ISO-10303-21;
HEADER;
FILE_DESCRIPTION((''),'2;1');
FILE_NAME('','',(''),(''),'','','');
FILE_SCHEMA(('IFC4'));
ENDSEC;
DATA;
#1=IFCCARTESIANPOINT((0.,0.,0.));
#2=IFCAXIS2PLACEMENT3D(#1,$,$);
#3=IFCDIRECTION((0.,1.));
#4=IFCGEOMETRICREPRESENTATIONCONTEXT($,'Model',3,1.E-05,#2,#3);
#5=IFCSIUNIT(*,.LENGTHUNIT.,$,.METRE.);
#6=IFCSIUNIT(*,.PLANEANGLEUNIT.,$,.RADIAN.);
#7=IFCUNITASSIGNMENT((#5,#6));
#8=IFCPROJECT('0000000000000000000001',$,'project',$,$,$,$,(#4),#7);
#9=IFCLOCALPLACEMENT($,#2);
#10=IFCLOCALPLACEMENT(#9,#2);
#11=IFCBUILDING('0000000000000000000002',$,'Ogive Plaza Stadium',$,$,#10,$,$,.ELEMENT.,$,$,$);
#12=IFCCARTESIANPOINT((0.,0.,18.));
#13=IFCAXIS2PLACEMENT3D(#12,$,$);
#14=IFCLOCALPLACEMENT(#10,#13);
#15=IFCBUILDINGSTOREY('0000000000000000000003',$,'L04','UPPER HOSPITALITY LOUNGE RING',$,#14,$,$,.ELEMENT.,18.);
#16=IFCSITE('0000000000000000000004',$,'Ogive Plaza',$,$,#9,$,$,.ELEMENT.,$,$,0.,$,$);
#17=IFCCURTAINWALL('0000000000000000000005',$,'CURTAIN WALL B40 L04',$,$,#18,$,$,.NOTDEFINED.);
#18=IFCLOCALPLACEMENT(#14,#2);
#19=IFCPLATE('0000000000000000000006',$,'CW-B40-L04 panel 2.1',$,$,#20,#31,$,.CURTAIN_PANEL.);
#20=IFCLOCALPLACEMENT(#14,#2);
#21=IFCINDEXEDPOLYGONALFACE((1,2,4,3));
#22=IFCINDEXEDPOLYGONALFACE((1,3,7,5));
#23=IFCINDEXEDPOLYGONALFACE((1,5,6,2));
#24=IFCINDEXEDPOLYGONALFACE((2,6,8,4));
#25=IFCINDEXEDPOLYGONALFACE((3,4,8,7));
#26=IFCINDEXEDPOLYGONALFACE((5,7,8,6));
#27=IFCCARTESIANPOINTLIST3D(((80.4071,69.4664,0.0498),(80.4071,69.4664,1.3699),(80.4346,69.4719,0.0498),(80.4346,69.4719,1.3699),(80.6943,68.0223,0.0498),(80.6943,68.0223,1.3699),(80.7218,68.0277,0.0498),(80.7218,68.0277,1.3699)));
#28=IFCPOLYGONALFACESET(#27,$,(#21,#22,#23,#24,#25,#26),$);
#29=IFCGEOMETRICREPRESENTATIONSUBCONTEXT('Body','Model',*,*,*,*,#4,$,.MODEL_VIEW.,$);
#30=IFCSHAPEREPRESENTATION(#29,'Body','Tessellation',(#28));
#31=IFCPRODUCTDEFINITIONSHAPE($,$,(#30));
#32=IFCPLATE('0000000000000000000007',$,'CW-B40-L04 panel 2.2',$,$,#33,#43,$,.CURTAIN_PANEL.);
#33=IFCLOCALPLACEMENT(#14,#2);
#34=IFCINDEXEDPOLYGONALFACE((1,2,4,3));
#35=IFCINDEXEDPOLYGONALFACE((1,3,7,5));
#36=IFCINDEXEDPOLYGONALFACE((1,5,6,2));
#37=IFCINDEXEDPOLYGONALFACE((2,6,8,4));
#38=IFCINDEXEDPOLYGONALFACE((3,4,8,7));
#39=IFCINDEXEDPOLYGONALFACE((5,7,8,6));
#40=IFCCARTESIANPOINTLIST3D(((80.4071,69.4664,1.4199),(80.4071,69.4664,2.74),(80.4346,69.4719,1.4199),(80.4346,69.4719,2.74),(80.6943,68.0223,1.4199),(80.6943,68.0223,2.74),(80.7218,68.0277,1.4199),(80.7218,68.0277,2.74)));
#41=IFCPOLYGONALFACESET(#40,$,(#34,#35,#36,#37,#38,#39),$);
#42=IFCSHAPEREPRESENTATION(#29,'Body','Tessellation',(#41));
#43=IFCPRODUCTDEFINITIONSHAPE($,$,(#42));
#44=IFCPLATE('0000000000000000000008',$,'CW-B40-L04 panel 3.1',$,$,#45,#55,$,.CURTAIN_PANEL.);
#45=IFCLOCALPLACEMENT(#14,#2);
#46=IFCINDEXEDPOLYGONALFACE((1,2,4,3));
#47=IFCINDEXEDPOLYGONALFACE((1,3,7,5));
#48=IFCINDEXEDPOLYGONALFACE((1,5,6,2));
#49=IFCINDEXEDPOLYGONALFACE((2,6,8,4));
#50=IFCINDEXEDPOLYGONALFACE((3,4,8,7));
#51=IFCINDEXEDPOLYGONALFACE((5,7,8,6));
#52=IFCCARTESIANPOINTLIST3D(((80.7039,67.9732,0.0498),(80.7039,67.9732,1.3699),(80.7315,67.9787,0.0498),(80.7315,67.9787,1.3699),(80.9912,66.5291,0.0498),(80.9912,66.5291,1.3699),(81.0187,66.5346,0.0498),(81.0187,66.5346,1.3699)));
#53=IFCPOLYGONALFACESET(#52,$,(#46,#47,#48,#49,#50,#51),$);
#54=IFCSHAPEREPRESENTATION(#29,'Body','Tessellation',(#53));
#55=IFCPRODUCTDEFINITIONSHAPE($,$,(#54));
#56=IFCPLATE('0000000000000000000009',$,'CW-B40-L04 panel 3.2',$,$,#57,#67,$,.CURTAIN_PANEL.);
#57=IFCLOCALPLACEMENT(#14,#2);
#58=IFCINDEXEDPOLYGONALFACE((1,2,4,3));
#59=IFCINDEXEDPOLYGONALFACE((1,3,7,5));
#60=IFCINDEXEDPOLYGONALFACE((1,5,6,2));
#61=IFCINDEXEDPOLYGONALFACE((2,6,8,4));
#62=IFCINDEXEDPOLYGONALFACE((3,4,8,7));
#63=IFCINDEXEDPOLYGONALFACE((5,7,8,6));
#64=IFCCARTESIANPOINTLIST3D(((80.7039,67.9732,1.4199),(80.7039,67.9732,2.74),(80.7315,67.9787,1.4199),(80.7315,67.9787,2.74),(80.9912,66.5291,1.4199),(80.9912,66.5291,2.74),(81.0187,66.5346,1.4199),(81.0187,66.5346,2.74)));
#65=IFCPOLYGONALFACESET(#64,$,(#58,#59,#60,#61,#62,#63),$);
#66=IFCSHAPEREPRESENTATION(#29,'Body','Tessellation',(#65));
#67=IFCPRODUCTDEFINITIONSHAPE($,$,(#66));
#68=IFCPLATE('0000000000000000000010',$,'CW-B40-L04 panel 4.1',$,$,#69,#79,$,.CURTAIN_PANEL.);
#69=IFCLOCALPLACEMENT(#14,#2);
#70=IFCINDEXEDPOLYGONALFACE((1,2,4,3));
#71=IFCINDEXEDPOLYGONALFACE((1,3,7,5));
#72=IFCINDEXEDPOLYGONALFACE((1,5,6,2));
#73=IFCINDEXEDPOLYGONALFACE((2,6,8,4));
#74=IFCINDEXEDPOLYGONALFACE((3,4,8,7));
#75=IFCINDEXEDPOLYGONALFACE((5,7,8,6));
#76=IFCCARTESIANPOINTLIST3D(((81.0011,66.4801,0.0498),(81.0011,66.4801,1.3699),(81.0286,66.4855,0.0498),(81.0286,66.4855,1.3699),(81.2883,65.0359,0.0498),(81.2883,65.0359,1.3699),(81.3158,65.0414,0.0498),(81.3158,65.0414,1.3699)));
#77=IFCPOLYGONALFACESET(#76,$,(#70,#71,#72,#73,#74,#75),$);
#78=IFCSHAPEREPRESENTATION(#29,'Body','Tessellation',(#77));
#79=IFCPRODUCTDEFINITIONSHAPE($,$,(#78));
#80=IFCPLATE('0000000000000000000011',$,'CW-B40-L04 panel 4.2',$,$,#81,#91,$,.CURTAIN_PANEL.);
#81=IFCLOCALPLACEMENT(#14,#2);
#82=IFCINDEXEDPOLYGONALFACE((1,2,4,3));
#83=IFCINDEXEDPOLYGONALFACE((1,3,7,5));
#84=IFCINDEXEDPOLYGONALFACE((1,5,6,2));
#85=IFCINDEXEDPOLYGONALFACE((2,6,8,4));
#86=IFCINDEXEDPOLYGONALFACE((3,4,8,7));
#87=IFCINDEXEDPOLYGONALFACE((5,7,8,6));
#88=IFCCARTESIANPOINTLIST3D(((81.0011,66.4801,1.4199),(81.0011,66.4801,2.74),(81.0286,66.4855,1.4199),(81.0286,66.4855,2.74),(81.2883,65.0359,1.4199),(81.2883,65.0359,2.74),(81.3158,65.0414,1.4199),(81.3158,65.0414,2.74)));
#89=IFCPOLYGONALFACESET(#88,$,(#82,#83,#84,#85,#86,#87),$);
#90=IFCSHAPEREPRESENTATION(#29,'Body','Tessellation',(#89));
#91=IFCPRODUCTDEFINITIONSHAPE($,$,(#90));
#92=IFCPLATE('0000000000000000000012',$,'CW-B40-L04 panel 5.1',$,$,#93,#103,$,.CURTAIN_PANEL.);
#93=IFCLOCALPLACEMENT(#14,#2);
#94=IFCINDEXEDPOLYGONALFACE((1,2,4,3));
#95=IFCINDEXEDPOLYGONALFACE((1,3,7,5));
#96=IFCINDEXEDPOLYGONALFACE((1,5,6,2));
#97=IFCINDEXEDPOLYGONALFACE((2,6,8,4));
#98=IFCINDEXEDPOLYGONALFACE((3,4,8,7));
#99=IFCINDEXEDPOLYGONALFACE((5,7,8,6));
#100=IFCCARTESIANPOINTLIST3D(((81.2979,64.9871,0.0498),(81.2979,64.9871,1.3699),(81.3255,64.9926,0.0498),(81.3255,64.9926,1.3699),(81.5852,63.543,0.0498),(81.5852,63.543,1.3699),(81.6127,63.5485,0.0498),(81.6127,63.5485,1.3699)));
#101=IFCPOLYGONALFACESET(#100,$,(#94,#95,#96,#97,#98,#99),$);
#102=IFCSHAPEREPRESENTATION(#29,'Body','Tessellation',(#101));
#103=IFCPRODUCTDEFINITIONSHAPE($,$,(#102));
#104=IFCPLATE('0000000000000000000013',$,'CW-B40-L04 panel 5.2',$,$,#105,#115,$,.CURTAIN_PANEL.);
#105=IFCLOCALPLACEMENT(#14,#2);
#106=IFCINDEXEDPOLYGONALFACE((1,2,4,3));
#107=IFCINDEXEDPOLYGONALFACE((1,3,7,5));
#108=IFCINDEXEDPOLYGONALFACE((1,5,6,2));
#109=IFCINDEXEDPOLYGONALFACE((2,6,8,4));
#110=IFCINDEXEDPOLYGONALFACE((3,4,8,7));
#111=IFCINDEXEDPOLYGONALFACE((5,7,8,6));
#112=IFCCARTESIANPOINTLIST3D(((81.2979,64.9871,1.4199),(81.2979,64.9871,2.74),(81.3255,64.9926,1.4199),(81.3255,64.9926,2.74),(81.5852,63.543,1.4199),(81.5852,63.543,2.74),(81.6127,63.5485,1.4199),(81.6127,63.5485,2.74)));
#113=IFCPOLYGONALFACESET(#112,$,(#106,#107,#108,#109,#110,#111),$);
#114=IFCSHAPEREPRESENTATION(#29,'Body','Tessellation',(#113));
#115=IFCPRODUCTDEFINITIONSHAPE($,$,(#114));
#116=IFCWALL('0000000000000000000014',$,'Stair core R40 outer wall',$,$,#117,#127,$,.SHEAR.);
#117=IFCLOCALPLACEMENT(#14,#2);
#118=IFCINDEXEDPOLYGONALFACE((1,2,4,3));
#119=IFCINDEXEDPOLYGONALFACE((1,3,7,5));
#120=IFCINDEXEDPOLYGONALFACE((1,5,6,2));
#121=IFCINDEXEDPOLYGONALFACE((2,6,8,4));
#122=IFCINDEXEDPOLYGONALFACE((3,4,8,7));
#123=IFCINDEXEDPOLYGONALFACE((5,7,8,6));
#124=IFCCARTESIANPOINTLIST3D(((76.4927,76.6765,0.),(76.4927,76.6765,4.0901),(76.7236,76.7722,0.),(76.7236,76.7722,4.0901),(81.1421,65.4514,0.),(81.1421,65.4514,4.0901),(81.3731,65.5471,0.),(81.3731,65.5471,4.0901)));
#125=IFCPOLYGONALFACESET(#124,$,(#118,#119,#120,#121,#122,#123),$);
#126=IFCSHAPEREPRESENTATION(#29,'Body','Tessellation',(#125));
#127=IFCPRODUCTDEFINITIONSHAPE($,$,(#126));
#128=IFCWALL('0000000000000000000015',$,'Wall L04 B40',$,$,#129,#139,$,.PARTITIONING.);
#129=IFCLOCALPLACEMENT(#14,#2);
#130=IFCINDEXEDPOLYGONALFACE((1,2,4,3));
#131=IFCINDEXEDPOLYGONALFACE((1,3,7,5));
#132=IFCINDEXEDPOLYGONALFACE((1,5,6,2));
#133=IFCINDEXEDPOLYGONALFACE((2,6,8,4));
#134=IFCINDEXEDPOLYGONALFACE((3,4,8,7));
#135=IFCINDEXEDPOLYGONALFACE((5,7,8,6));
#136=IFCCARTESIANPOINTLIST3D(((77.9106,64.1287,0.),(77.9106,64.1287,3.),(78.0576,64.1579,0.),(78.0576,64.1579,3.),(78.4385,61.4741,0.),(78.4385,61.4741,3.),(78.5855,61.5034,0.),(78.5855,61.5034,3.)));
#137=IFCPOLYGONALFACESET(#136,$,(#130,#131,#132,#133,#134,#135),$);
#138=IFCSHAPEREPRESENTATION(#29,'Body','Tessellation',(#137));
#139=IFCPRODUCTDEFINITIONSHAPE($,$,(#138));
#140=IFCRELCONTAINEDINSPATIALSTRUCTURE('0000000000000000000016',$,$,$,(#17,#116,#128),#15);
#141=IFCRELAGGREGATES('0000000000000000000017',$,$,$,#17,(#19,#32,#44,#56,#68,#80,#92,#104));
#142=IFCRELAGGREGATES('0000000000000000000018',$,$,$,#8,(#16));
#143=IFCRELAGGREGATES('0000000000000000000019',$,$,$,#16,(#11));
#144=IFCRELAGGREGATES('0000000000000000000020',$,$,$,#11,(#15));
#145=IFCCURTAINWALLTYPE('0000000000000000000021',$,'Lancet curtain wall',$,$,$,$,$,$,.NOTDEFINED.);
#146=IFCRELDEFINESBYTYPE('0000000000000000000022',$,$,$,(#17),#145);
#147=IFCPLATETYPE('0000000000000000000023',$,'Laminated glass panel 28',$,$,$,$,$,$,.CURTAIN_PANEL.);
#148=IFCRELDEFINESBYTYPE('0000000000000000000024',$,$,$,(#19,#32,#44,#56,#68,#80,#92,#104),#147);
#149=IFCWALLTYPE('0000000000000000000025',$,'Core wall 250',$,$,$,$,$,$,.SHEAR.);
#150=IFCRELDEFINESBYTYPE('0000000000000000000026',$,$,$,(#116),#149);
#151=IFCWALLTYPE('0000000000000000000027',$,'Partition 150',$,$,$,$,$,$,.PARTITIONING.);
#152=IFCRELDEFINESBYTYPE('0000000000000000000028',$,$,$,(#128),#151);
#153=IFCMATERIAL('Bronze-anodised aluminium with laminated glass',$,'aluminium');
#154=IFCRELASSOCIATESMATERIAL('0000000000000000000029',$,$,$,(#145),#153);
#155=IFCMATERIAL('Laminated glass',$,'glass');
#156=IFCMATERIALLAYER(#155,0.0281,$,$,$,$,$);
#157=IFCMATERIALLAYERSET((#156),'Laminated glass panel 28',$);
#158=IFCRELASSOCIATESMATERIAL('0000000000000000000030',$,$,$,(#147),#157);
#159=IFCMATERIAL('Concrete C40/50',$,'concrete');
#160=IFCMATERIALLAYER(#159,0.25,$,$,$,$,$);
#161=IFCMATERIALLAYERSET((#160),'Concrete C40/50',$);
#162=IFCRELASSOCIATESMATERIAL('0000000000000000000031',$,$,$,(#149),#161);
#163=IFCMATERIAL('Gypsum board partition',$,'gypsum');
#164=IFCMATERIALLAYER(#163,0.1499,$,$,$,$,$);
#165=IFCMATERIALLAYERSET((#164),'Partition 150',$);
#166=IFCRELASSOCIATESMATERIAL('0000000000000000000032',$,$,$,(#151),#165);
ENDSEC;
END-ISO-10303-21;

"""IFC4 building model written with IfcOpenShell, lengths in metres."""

from ifc_helpers import new_model, si_unit, direction, frame, frame_2d, origin, origin_2d, place, context, subcontext, project, spatial, rectangle, extrude, material, layer, layer_set, type_object, element, aggregate, save


model = new_model("IFC4")

# Units and contexts
model_context = context("Model", 3, precision=1e-05, world=origin(), true_north=direction((0.0, 1.0)))
body_context = subcontext(model_context, "Body", "Model", "MODEL_VIEW")
ifc_project = project(units=[si_unit("LENGTHUNIT", "METRE"), si_unit("PLANEANGLEUNIT", "RADIAN")], contexts=[model_context])

# Site, building, storey
site_placement = place(None, origin())
site = spatial("IfcSite", under=ifc_project, at=site_placement, Name="Ogive Plaza", CompositionType="ELEMENT", RefElevation=0.0)
building_placement = place(site_placement, origin())
building = spatial("IfcBuilding", under=site, at=building_placement, Name="Ogive Plaza Stadium", CompositionType="ELEMENT")
storey_placement = place(building_placement, frame((0.0, 0.0, 18.0)))
storey = spatial("IfcBuildingStorey", under=building, at=storey_placement, Name="L04", Description="UPPER HOSPITALITY LOUNGE RING", CompositionType="ELEMENT", Elevation=18.0)

# Curtain wall, plates
ifc_material_1 = material(Name="Bronze-anodised aluminium with laminated glass", Category="aluminium")
curtain_wall_type = type_object("IfcCurtainWallType", Name="Lancet curtain wall", PredefinedType="NOTDEFINED", material=ifc_material_1)
curtain_wall_placement = place(storey_placement, origin())
curtain_wall = element("IfcCurtainWall", 1, at=curtain_wall_placement, inside=storey, type_object=curtain_wall_type, Name="CURTAIN WALL B40 L04", PredefinedType="NOTDEFINED")
ifc_material_2 = material(Name="Laminated glass", Category="glass")
ifc_layer_1 = layer(ifc_material_2, 0.0281)
ifc_layer_set_1 = layer_set([ifc_layer_1], Name="Laminated glass panel 28")
plate_type = type_object("IfcPlateType", Name="Laminated glass panel 28", PredefinedType="CURTAIN_PANEL", material=ifc_layer_set_1)
plate_1_placement = place(storey_placement, frame((80.5645, 68.7471, 0.0498), z_axis=(0.0, 0.0, 1.0), x_axis=(0.19509, -0.980785, 0.0)))
plate_1 = element("IfcPlate", 2, at=plate_1_placement, type_object=plate_type, Name="CW-B40-L04 panel 2.1", PredefinedType="CURTAIN_PANEL", context=body_context, shape_type="SweptSolid", body=[
    extrude(rectangle(XDim=1.4724, YDim=0.0281, at=origin_2d()), origin(), (0.0, 0.0, 1.0), 1.3201),
])
plate_2_placement = place(storey_placement, frame((80.5645, 68.7471, 1.4199), z_axis=(0.0, 0.0, 1.0), x_axis=(0.19509, -0.980785, 0.0)))
plate_2 = element("IfcPlate", 3, at=plate_2_placement, type_object=plate_type, Name="CW-B40-L04 panel 2.2", PredefinedType="CURTAIN_PANEL", context=body_context, shape_type="SweptSolid", body=[
    extrude(rectangle(XDim=1.4724, YDim=0.0281, at=origin_2d()), origin(), (0.0, 0.0, 1.0), 1.3201),
])
plate_3_placement = place(storey_placement, frame((80.8613, 67.2539, 0.0498), z_axis=(0.0, 0.0, 1.0), x_axis=(0.19509, -0.980785, 0.0)))
plate_3 = element("IfcPlate", 4, at=plate_3_placement, type_object=plate_type, Name="CW-B40-L04 panel 3.1", PredefinedType="CURTAIN_PANEL", context=body_context, shape_type="SweptSolid", body=[
    extrude(rectangle(XDim=1.4724, YDim=0.0281, at=origin_2d()), origin(), (0.0, 0.0, 1.0), 1.3201),
])
plate_4_placement = place(storey_placement, frame((80.8613, 67.2539, 1.4199), z_axis=(0.0, 0.0, 1.0), x_axis=(0.19509, -0.980785, 0.0)))
plate_4 = element("IfcPlate", 5, at=plate_4_placement, type_object=plate_type, Name="CW-B40-L04 panel 3.2", PredefinedType="CURTAIN_PANEL", context=body_context, shape_type="SweptSolid", body=[
    extrude(rectangle(XDim=1.4724, YDim=0.0281, at=origin_2d()), origin(), (0.0, 0.0, 1.0), 1.3201),
])
plate_5_placement = place(storey_placement, frame((81.1584, 65.7607, 0.0498), z_axis=(0.0, 0.0, 1.0), x_axis=(0.19509, -0.980785, 0.0)))
plate_5 = element("IfcPlate", 6, at=plate_5_placement, type_object=plate_type, Name="CW-B40-L04 panel 4.1", PredefinedType="CURTAIN_PANEL", context=body_context, shape_type="SweptSolid", body=[
    extrude(rectangle(XDim=1.4724, YDim=0.0281, at=origin_2d()), origin(), (0.0, 0.0, 1.0), 1.3201),
])
plate_6_placement = place(storey_placement, frame((81.1584, 65.7607, 1.4199), z_axis=(0.0, 0.0, 1.0), x_axis=(0.19509, -0.980785, 0.0)))
plate_6 = element("IfcPlate", 7, at=plate_6_placement, type_object=plate_type, Name="CW-B40-L04 panel 4.2", PredefinedType="CURTAIN_PANEL", context=body_context, shape_type="SweptSolid", body=[
    extrude(rectangle(XDim=1.4724, YDim=0.0281, at=origin_2d()), origin(), (0.0, 0.0, 1.0), 1.3201),
])
plate_7_placement = place(storey_placement, frame((81.4553, 64.2678, 0.0498), z_axis=(0.0, 0.0, 1.0), x_axis=(0.19509, -0.980785, 0.0)))
plate_7 = element("IfcPlate", 8, at=plate_7_placement, type_object=plate_type, Name="CW-B40-L04 panel 5.1", PredefinedType="CURTAIN_PANEL", context=body_context, shape_type="SweptSolid", body=[
    extrude(rectangle(XDim=1.4724, YDim=0.0281, at=origin_2d()), origin(), (0.0, 0.0, 1.0), 1.3201),
])
plate_8_placement = place(storey_placement, frame((81.4553, 64.2678, 1.4199), z_axis=(0.0, 0.0, 1.0), x_axis=(0.19509, -0.980785, 0.0)))
plate_8 = element("IfcPlate", 9, at=plate_8_placement, type_object=plate_type, Name="CW-B40-L04 panel 5.2", PredefinedType="CURTAIN_PANEL", context=body_context, shape_type="SweptSolid", body=[
    extrude(rectangle(XDim=1.4724, YDim=0.0281, at=origin_2d()), origin(), (0.0, 0.0, 1.0), 1.3201),
])
aggregate(curtain_wall, [plate_1, plate_2, plate_3, plate_4, plate_5, plate_6, plate_7, plate_8])

# Walls
ifc_material_3 = material(Name="Concrete C40/50", Category="concrete")
ifc_layer_2 = layer(ifc_material_3, 0.25)
ifc_layer_set_2 = layer_set([ifc_layer_2], Name="Concrete C40/50")
wall_type_1 = type_object("IfcWallType", Name="Core wall 250", PredefinedType="SHEAR", material=ifc_layer_set_2)
wall_1_placement = place(storey_placement, frame((81.2576, 65.4993, 0.0), z_axis=(0.0, 0.0, 1.0), x_axis=(-0.382671, 0.923885, 0.0)))
element("IfcWall", 10, at=wall_1_placement, inside=storey, type_object=wall_type_1, Name="Stair core R40 outer wall", PredefinedType="SHEAR", context=body_context, shape_type="SweptSolid", body=[
    extrude(rectangle(XDim=12.1499, YDim=0.25, at=frame_2d((6.075, 0.0))), origin(), (0.0, 0.0, 1.0), 4.0901),
])
ifc_material_4 = material(Name="Gypsum board partition", Category="gypsum")
ifc_layer_3 = layer(ifc_material_4, 0.1499)
ifc_layer_set_3 = layer_set([ifc_layer_3], Name="Partition 150")
wall_type_2 = type_object("IfcWallType", Name="Partition 150", PredefinedType="PARTITIONING", material=ifc_layer_set_3)
wall_2_placement = place(storey_placement, frame((77.9841, 64.1433, 0.0), z_axis=(0.0, 0.0, 1.0), x_axis=(0.195023, -0.980799, 0.0)))
element("IfcWall", 11, at=wall_2_placement, inside=storey, type_object=wall_type_2, Name="Wall L04 B40", PredefinedType="PARTITIONING", context=body_context, shape_type="SweptSolid", body=[
    extrude(rectangle(XDim=2.7065, YDim=0.1499, at=frame_2d((1.3533, 0.0))), origin(), (0.0, 0.0, 1.0), 3.0),
])

save(model, "model.ifc")
